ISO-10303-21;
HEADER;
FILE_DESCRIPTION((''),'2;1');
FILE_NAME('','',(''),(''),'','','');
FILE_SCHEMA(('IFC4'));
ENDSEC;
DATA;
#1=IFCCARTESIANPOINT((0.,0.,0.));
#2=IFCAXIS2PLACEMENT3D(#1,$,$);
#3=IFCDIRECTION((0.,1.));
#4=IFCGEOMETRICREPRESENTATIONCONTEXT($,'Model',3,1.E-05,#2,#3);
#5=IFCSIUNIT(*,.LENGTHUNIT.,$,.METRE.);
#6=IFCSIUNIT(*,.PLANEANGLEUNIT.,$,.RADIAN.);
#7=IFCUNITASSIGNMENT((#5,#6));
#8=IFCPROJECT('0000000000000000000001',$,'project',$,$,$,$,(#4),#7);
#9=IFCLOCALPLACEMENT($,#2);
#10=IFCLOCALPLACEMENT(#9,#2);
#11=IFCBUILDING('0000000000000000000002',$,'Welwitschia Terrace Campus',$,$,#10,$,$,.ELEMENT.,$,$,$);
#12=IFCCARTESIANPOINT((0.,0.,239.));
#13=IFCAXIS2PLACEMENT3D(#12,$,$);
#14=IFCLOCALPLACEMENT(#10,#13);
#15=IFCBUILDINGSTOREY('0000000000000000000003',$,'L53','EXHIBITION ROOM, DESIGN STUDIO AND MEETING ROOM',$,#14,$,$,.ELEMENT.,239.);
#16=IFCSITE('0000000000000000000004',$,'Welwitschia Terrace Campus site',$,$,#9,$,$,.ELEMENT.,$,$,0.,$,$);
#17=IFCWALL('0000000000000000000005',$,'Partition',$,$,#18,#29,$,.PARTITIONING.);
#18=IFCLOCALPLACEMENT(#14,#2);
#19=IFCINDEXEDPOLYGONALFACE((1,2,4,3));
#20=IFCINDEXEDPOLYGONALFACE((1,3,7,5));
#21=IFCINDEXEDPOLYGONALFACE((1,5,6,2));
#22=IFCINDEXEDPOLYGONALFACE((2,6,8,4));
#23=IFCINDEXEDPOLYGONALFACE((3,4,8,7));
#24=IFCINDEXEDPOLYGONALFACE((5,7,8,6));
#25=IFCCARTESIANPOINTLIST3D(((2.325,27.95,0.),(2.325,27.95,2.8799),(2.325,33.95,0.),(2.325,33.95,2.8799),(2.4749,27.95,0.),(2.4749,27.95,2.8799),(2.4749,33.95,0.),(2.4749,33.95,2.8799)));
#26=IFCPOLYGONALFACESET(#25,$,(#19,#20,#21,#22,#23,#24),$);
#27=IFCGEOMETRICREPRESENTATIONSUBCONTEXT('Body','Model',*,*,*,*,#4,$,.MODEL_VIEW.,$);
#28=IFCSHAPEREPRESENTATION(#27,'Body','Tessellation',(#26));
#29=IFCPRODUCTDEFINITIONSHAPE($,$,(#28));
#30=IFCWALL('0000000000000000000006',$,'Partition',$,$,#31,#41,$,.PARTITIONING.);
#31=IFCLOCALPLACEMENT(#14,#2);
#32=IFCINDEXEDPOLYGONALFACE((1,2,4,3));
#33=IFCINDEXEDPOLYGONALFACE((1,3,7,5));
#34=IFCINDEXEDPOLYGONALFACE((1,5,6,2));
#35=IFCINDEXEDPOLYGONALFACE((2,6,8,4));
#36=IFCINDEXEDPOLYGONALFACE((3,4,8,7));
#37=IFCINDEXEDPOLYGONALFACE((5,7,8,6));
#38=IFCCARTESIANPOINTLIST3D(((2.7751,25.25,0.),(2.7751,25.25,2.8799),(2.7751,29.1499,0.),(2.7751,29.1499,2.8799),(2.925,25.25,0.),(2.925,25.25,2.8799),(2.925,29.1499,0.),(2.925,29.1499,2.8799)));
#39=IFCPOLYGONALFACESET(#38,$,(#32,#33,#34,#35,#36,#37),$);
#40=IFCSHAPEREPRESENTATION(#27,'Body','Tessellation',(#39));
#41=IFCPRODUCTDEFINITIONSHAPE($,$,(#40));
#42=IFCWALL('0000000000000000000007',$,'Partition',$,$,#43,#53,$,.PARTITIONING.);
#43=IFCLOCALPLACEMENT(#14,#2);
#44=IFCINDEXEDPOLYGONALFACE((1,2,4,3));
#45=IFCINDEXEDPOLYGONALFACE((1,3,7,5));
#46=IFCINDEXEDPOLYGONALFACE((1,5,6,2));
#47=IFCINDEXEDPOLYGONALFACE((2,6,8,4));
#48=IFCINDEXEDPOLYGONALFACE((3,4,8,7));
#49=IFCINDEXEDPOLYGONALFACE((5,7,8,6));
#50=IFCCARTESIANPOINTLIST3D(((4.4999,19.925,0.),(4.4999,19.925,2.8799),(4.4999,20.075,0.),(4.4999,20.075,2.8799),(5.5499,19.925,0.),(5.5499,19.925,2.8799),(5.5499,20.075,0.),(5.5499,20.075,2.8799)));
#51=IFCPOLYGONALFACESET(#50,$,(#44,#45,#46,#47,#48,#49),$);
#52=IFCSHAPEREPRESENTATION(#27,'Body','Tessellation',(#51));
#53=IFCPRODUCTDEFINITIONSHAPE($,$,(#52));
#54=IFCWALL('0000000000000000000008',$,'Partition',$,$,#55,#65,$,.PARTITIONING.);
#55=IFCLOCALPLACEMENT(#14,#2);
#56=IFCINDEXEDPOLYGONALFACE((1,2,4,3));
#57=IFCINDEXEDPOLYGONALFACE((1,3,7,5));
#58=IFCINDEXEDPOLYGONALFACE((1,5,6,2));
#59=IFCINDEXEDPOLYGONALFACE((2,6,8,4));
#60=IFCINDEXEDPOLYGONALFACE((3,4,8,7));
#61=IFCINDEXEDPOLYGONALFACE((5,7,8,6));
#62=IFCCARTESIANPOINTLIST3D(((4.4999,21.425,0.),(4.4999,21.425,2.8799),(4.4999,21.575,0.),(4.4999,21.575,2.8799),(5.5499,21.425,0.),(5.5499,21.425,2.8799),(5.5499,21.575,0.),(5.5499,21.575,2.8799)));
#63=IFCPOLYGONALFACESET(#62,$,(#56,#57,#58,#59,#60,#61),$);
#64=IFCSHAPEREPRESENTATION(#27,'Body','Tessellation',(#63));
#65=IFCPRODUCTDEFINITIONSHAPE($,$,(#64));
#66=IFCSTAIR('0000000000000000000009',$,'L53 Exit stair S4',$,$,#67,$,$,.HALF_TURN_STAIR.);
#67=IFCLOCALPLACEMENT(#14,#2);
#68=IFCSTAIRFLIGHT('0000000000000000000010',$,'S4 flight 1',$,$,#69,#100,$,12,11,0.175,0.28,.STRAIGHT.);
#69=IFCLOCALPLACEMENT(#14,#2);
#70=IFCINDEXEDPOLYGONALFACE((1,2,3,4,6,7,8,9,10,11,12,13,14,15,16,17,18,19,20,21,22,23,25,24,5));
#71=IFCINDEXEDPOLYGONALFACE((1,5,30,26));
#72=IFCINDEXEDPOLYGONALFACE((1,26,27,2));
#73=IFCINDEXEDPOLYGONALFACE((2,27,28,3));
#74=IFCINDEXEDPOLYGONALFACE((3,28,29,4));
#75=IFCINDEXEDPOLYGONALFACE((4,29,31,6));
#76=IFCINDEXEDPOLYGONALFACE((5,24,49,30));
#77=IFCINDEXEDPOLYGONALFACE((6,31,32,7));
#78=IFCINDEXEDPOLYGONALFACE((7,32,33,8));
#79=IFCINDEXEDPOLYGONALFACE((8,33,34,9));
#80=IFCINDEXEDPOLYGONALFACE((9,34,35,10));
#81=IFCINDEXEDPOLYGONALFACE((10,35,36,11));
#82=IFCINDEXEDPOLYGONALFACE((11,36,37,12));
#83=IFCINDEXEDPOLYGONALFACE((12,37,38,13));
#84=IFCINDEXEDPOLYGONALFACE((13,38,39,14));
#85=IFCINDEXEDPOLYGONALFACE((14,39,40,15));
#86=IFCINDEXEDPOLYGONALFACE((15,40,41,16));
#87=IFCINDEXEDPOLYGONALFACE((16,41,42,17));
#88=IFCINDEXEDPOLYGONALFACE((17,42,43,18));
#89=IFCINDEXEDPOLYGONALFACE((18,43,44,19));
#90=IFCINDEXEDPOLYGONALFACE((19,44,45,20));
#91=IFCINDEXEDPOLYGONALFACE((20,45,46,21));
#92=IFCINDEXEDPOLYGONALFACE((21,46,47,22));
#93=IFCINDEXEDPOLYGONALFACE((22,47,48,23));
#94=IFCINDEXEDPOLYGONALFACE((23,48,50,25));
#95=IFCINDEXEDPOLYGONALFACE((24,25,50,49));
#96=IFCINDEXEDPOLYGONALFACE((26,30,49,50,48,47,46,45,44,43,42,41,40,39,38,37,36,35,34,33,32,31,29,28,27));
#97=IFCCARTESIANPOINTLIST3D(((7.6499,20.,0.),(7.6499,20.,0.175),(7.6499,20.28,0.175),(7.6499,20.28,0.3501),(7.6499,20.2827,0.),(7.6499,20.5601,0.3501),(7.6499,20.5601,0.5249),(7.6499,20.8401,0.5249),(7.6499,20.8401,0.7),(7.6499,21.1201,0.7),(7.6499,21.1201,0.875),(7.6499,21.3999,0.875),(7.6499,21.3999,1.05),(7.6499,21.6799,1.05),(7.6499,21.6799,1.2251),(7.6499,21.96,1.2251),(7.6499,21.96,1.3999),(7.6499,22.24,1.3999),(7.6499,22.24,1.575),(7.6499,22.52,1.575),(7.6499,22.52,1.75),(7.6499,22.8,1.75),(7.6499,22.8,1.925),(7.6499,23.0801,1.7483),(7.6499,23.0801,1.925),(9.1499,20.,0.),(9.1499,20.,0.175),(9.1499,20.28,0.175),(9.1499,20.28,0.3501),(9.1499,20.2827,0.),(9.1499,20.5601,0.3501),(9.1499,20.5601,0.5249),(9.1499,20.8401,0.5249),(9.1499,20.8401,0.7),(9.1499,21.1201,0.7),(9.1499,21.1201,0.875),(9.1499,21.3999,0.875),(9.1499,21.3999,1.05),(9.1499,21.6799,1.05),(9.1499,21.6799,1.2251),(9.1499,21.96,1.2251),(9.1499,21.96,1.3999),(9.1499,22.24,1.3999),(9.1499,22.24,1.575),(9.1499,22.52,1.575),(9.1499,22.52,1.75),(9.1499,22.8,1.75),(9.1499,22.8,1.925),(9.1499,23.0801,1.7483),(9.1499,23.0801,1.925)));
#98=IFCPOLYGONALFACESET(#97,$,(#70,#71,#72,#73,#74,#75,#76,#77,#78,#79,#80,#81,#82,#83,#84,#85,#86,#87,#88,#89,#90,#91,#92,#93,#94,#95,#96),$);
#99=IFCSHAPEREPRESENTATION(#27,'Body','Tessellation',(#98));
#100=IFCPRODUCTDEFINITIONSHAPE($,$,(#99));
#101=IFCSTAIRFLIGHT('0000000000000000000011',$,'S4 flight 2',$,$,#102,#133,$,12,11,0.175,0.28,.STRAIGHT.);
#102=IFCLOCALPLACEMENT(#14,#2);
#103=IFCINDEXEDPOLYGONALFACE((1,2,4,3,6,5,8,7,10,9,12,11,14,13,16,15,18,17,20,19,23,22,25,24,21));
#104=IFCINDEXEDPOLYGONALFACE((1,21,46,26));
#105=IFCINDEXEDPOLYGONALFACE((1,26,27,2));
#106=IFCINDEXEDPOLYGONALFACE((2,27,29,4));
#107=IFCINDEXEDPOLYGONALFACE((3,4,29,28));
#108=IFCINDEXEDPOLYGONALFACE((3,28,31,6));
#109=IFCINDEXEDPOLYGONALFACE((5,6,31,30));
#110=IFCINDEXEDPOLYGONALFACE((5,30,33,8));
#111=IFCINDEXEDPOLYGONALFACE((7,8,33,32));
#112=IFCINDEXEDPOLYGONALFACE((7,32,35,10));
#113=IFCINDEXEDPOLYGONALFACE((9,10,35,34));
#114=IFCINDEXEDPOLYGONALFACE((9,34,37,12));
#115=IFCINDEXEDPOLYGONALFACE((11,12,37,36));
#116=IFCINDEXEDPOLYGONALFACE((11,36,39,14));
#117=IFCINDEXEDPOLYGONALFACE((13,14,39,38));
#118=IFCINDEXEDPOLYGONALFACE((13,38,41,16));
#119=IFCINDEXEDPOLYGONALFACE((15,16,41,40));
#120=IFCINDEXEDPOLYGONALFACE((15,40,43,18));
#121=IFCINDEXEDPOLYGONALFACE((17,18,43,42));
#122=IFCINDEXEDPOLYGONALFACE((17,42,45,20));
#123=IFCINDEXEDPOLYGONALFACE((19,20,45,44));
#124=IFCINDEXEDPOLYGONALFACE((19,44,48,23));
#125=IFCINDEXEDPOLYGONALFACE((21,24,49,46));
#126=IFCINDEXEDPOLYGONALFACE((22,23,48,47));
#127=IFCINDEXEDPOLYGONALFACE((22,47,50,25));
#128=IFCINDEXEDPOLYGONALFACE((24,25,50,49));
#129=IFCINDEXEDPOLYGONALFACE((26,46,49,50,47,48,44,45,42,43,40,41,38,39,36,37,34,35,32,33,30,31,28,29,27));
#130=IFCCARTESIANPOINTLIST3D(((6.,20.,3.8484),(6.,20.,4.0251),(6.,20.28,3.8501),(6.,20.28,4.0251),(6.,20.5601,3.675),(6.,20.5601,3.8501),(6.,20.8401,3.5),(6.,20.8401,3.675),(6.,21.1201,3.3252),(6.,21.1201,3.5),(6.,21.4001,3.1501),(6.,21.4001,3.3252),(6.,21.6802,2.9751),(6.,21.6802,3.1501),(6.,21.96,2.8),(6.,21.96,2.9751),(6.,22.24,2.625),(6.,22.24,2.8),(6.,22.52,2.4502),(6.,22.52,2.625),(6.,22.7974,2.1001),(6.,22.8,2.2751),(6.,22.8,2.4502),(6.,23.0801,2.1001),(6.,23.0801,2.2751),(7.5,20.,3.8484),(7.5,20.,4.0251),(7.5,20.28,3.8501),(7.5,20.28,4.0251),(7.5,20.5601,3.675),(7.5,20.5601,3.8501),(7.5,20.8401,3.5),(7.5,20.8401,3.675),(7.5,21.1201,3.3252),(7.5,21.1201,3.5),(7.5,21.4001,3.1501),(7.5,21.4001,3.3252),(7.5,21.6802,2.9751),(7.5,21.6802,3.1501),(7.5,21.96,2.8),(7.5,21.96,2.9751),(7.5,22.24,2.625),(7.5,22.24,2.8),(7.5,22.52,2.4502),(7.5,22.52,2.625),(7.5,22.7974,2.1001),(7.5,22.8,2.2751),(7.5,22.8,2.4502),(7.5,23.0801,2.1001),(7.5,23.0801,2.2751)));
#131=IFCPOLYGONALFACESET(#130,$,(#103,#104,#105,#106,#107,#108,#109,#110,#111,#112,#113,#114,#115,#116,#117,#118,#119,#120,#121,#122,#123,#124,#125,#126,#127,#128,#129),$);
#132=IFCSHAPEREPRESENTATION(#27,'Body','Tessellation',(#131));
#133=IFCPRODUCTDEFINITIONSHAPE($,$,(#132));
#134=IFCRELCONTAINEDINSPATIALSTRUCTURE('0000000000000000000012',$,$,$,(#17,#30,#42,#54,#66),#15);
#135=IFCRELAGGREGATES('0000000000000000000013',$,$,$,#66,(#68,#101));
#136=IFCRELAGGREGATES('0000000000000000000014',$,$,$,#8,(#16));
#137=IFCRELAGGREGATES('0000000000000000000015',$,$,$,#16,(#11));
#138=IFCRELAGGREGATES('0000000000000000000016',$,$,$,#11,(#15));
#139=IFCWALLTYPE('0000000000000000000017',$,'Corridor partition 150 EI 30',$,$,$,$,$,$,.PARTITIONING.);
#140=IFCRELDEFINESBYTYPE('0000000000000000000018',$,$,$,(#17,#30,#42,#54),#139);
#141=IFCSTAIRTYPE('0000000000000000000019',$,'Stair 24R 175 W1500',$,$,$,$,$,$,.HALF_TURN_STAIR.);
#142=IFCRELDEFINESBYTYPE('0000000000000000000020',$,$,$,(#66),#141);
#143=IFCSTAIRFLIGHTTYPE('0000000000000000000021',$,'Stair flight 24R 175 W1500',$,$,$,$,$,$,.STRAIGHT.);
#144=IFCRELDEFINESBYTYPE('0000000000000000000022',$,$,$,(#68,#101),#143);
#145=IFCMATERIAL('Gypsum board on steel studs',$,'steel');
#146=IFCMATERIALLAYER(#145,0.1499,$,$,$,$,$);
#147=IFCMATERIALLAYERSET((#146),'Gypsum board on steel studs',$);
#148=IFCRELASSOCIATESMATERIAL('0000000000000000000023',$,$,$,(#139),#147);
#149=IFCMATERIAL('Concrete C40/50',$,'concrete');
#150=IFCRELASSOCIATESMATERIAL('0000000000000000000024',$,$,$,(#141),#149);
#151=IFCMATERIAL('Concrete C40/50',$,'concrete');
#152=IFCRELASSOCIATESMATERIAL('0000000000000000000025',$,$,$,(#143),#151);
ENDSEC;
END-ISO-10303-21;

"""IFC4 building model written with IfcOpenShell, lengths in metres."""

from ifc_helpers import new_model, si_unit, direction, frame, frame_2d, origin, place, context, subcontext, project, spatial, polyline, rectangle, outline, extrude, material, layer, layer_set, type_object, element, aggregate, save


model = new_model("IFC4")

# Units and contexts
model_context = context("Model", 3, precision=1e-05, world=origin(), true_north=direction((0.0, 1.0)))
body_context = subcontext(model_context, "Body", "Model", "MODEL_VIEW")
ifc_project = project(units=[si_unit("LENGTHUNIT", "METRE"), si_unit("PLANEANGLEUNIT", "RADIAN")], contexts=[model_context])

# Site, building, storey
site_placement = place(None, origin())
site = spatial("IfcSite", under=ifc_project, at=site_placement, Name="Welwitschia Terrace Campus site", CompositionType="ELEMENT", RefElevation=0.0)
building_placement = place(site_placement, origin())
building = spatial("IfcBuilding", under=site, at=building_placement, Name="Welwitschia Terrace Campus", CompositionType="ELEMENT")
storey_placement = place(building_placement, frame((0.0, 0.0, 239.0)))
storey = spatial("IfcBuildingStorey", under=building, at=storey_placement, Name="L53", Description="EXHIBITION ROOM, DESIGN STUDIO AND MEETING ROOM", CompositionType="ELEMENT", Elevation=239.0)

# Walls
ifc_material_1 = material(Name="Gypsum board on steel studs", Category="steel")
ifc_layer_1 = layer(ifc_material_1, 0.1499)
ifc_layer_set_1 = layer_set([ifc_layer_1], Name="Gypsum board on steel studs")
wall_type_1 = type_object("IfcWallType", Name="Corridor partition 150 EI 30", PredefinedType="PARTITIONING", material=ifc_layer_set_1)
wall_1_placement = place(storey_placement, frame((2.3999, 27.95, 0.0), z_axis=(0.0, 0.0, 1.0), x_axis=(0.0, 1.0, 0.0)))
element("IfcWall", 1, at=wall_1_placement, inside=storey, type_object=wall_type_1, Name="Partition", PredefinedType="PARTITIONING", context=body_context, shape_type="SweptSolid", body=[
    extrude(rectangle(XDim=6.0, YDim=0.1499, at=frame_2d((3.0, 0.0))), origin(), (0.0, 0.0, 1.0), 2.8799),
])
wall_2_placement = place(storey_placement, frame((2.8501, 25.25, 0.0), z_axis=(0.0, 0.0, 1.0), x_axis=(0.0, 1.0, 0.0)))
element("IfcWall", 2, at=wall_2_placement, inside=storey, type_object=wall_type_1, Name="Partition", PredefinedType="PARTITIONING", context=body_context, shape_type="SweptSolid", body=[
    extrude(rectangle(XDim=3.8999, YDim=0.1499, at=frame_2d((1.95, 0.0))), origin(), (0.0, 0.0, 1.0), 2.8799),
])
for number, where, z_axis, x_axis, name in (
    (3, (4.5, 20.0, 0.0), (0.0, 0.0, 1.0), (1.0, 0.0, 0.0), "Partition"),
    (4, (4.5, 21.5, 0.0), (0.0, 0.0, 1.0), (1.0, 0.0, 0.0), "Partition"),
):
    element("IfcWall", number, at=place(storey_placement, frame(where, z_axis=z_axis, x_axis=x_axis)), inside=storey, type_object=wall_type_1, Name=name, PredefinedType="PARTITIONING", context=body_context, shape_type="SweptSolid", body=[
        extrude(rectangle(XDim=1.05, YDim=0.1499, at=frame_2d((0.5249, 0.0))), origin(), (0.0, 0.0, 1.0), 2.8799),
    ])

# Stair, stair flights
ifc_material_2 = material(Name="Concrete C40/50", Category="concrete")
stair_type = type_object("IfcStairType", Name="Stair 24R 175 W1500", PredefinedType="HALF_TURN_STAIR", material=ifc_material_2)
stair_placement = place(storey_placement, origin())
stair = element("IfcStair", 5, at=stair_placement, inside=storey, type_object=stair_type, Name="L53 Exit stair S4", PredefinedType="HALF_TURN_STAIR")
ifc_material_3 = material(Name="Concrete C40/50", Category="concrete")
stair_flight_type = type_object("IfcStairFlightType", Name="Stair flight 24R 175 W1500", PredefinedType="STRAIGHT", material=ifc_material_3)
stair_flight_1_placement = place(storey_placement, frame((8.3999, 20.0, 0.0), z_axis=(0.0, 0.0, 1.0), x_axis=(0.0, 1.0, 0.0)))
stair_flight_1 = element("IfcStairFlight", 6, at=stair_flight_1_placement, type_object=stair_flight_type, Name="S4 flight 1", NumberOfRisers=12, NumberOfTreads=11, PredefinedType="STRAIGHT", RiserHeight=0.175, TreadLength=0.28, context=body_context, shape_type="SweptSolid", body=[
    extrude(outline(polyline([(0.0, 0.0), (0.0, 0.175), (0.28, 0.175), (0.28, 0.3501), (0.5601, 0.3501), (0.5601, 0.5249), (0.8401, 0.5249), (0.8401, 0.7), (1.1201, 0.7), (1.1201, 0.875), (1.3999, 0.875), (1.3999, 1.05), (1.6799, 1.05), (1.6799, 1.2251), (1.96, 1.2251), (1.96, 1.3999), (2.24, 1.3999), (2.24, 1.575), (2.52, 1.575), (2.52, 1.75), (2.8, 1.75), (2.8, 1.925), (3.0801, 1.925), (3.0801, 2.1001), (3.0801, 1.7483), (0.2827, 0.0), (0.0, 0.0)])), frame((0.0, 0.75, 0.0), z_axis=(0.0, -1.0, 0.0), x_axis=(1.0, 0.0, 0.0)), (0.0, 0.0, 1.0), 1.5),
])
stair_flight_2_placement = place(storey_placement, frame((6.75, 23.0801, 2.1001), z_axis=(0.0, 0.0, 1.0), x_axis=(0.0, -1.0, 0.0)))
stair_flight_2 = element("IfcStairFlight", 7, at=stair_flight_2_placement, type_object=stair_flight_type, Name="S4 flight 2", NumberOfRisers=12, NumberOfTreads=11, PredefinedType="STRAIGHT", RiserHeight=0.175, TreadLength=0.28, context=body_context, shape_type="SweptSolid", body=[
    extrude(outline(polyline([(0.0, 0.0), (0.0, 0.175), (0.28, 0.175), (0.28, 0.3501), (0.5601, 0.3501), (0.5601, 0.5249), (0.8401, 0.5249), (0.8401, 0.7), (1.1201, 0.7), (1.1201, 0.875), (1.3999, 0.875), (1.3999, 1.05), (1.6799, 1.05), (1.6799, 1.2251), (1.96, 1.2251), (1.96, 1.3999), (2.24, 1.3999), (2.24, 1.575), (2.52, 1.575), (2.52, 1.75), (2.8, 1.75), (2.8, 1.925), (3.0801, 1.925), (3.0801, 2.1001), (3.0801, 1.7483), (0.2827, 0.0), (0.0, 0.0)])), frame((0.0, 0.75, 0.0), z_axis=(0.0, -1.0, 0.0), x_axis=(1.0, 0.0, 0.0)), (0.0, 0.0, 1.0), 1.5),
])
aggregate(stair, [stair_flight_1, stair_flight_2])

save(model, "model.ifc")
